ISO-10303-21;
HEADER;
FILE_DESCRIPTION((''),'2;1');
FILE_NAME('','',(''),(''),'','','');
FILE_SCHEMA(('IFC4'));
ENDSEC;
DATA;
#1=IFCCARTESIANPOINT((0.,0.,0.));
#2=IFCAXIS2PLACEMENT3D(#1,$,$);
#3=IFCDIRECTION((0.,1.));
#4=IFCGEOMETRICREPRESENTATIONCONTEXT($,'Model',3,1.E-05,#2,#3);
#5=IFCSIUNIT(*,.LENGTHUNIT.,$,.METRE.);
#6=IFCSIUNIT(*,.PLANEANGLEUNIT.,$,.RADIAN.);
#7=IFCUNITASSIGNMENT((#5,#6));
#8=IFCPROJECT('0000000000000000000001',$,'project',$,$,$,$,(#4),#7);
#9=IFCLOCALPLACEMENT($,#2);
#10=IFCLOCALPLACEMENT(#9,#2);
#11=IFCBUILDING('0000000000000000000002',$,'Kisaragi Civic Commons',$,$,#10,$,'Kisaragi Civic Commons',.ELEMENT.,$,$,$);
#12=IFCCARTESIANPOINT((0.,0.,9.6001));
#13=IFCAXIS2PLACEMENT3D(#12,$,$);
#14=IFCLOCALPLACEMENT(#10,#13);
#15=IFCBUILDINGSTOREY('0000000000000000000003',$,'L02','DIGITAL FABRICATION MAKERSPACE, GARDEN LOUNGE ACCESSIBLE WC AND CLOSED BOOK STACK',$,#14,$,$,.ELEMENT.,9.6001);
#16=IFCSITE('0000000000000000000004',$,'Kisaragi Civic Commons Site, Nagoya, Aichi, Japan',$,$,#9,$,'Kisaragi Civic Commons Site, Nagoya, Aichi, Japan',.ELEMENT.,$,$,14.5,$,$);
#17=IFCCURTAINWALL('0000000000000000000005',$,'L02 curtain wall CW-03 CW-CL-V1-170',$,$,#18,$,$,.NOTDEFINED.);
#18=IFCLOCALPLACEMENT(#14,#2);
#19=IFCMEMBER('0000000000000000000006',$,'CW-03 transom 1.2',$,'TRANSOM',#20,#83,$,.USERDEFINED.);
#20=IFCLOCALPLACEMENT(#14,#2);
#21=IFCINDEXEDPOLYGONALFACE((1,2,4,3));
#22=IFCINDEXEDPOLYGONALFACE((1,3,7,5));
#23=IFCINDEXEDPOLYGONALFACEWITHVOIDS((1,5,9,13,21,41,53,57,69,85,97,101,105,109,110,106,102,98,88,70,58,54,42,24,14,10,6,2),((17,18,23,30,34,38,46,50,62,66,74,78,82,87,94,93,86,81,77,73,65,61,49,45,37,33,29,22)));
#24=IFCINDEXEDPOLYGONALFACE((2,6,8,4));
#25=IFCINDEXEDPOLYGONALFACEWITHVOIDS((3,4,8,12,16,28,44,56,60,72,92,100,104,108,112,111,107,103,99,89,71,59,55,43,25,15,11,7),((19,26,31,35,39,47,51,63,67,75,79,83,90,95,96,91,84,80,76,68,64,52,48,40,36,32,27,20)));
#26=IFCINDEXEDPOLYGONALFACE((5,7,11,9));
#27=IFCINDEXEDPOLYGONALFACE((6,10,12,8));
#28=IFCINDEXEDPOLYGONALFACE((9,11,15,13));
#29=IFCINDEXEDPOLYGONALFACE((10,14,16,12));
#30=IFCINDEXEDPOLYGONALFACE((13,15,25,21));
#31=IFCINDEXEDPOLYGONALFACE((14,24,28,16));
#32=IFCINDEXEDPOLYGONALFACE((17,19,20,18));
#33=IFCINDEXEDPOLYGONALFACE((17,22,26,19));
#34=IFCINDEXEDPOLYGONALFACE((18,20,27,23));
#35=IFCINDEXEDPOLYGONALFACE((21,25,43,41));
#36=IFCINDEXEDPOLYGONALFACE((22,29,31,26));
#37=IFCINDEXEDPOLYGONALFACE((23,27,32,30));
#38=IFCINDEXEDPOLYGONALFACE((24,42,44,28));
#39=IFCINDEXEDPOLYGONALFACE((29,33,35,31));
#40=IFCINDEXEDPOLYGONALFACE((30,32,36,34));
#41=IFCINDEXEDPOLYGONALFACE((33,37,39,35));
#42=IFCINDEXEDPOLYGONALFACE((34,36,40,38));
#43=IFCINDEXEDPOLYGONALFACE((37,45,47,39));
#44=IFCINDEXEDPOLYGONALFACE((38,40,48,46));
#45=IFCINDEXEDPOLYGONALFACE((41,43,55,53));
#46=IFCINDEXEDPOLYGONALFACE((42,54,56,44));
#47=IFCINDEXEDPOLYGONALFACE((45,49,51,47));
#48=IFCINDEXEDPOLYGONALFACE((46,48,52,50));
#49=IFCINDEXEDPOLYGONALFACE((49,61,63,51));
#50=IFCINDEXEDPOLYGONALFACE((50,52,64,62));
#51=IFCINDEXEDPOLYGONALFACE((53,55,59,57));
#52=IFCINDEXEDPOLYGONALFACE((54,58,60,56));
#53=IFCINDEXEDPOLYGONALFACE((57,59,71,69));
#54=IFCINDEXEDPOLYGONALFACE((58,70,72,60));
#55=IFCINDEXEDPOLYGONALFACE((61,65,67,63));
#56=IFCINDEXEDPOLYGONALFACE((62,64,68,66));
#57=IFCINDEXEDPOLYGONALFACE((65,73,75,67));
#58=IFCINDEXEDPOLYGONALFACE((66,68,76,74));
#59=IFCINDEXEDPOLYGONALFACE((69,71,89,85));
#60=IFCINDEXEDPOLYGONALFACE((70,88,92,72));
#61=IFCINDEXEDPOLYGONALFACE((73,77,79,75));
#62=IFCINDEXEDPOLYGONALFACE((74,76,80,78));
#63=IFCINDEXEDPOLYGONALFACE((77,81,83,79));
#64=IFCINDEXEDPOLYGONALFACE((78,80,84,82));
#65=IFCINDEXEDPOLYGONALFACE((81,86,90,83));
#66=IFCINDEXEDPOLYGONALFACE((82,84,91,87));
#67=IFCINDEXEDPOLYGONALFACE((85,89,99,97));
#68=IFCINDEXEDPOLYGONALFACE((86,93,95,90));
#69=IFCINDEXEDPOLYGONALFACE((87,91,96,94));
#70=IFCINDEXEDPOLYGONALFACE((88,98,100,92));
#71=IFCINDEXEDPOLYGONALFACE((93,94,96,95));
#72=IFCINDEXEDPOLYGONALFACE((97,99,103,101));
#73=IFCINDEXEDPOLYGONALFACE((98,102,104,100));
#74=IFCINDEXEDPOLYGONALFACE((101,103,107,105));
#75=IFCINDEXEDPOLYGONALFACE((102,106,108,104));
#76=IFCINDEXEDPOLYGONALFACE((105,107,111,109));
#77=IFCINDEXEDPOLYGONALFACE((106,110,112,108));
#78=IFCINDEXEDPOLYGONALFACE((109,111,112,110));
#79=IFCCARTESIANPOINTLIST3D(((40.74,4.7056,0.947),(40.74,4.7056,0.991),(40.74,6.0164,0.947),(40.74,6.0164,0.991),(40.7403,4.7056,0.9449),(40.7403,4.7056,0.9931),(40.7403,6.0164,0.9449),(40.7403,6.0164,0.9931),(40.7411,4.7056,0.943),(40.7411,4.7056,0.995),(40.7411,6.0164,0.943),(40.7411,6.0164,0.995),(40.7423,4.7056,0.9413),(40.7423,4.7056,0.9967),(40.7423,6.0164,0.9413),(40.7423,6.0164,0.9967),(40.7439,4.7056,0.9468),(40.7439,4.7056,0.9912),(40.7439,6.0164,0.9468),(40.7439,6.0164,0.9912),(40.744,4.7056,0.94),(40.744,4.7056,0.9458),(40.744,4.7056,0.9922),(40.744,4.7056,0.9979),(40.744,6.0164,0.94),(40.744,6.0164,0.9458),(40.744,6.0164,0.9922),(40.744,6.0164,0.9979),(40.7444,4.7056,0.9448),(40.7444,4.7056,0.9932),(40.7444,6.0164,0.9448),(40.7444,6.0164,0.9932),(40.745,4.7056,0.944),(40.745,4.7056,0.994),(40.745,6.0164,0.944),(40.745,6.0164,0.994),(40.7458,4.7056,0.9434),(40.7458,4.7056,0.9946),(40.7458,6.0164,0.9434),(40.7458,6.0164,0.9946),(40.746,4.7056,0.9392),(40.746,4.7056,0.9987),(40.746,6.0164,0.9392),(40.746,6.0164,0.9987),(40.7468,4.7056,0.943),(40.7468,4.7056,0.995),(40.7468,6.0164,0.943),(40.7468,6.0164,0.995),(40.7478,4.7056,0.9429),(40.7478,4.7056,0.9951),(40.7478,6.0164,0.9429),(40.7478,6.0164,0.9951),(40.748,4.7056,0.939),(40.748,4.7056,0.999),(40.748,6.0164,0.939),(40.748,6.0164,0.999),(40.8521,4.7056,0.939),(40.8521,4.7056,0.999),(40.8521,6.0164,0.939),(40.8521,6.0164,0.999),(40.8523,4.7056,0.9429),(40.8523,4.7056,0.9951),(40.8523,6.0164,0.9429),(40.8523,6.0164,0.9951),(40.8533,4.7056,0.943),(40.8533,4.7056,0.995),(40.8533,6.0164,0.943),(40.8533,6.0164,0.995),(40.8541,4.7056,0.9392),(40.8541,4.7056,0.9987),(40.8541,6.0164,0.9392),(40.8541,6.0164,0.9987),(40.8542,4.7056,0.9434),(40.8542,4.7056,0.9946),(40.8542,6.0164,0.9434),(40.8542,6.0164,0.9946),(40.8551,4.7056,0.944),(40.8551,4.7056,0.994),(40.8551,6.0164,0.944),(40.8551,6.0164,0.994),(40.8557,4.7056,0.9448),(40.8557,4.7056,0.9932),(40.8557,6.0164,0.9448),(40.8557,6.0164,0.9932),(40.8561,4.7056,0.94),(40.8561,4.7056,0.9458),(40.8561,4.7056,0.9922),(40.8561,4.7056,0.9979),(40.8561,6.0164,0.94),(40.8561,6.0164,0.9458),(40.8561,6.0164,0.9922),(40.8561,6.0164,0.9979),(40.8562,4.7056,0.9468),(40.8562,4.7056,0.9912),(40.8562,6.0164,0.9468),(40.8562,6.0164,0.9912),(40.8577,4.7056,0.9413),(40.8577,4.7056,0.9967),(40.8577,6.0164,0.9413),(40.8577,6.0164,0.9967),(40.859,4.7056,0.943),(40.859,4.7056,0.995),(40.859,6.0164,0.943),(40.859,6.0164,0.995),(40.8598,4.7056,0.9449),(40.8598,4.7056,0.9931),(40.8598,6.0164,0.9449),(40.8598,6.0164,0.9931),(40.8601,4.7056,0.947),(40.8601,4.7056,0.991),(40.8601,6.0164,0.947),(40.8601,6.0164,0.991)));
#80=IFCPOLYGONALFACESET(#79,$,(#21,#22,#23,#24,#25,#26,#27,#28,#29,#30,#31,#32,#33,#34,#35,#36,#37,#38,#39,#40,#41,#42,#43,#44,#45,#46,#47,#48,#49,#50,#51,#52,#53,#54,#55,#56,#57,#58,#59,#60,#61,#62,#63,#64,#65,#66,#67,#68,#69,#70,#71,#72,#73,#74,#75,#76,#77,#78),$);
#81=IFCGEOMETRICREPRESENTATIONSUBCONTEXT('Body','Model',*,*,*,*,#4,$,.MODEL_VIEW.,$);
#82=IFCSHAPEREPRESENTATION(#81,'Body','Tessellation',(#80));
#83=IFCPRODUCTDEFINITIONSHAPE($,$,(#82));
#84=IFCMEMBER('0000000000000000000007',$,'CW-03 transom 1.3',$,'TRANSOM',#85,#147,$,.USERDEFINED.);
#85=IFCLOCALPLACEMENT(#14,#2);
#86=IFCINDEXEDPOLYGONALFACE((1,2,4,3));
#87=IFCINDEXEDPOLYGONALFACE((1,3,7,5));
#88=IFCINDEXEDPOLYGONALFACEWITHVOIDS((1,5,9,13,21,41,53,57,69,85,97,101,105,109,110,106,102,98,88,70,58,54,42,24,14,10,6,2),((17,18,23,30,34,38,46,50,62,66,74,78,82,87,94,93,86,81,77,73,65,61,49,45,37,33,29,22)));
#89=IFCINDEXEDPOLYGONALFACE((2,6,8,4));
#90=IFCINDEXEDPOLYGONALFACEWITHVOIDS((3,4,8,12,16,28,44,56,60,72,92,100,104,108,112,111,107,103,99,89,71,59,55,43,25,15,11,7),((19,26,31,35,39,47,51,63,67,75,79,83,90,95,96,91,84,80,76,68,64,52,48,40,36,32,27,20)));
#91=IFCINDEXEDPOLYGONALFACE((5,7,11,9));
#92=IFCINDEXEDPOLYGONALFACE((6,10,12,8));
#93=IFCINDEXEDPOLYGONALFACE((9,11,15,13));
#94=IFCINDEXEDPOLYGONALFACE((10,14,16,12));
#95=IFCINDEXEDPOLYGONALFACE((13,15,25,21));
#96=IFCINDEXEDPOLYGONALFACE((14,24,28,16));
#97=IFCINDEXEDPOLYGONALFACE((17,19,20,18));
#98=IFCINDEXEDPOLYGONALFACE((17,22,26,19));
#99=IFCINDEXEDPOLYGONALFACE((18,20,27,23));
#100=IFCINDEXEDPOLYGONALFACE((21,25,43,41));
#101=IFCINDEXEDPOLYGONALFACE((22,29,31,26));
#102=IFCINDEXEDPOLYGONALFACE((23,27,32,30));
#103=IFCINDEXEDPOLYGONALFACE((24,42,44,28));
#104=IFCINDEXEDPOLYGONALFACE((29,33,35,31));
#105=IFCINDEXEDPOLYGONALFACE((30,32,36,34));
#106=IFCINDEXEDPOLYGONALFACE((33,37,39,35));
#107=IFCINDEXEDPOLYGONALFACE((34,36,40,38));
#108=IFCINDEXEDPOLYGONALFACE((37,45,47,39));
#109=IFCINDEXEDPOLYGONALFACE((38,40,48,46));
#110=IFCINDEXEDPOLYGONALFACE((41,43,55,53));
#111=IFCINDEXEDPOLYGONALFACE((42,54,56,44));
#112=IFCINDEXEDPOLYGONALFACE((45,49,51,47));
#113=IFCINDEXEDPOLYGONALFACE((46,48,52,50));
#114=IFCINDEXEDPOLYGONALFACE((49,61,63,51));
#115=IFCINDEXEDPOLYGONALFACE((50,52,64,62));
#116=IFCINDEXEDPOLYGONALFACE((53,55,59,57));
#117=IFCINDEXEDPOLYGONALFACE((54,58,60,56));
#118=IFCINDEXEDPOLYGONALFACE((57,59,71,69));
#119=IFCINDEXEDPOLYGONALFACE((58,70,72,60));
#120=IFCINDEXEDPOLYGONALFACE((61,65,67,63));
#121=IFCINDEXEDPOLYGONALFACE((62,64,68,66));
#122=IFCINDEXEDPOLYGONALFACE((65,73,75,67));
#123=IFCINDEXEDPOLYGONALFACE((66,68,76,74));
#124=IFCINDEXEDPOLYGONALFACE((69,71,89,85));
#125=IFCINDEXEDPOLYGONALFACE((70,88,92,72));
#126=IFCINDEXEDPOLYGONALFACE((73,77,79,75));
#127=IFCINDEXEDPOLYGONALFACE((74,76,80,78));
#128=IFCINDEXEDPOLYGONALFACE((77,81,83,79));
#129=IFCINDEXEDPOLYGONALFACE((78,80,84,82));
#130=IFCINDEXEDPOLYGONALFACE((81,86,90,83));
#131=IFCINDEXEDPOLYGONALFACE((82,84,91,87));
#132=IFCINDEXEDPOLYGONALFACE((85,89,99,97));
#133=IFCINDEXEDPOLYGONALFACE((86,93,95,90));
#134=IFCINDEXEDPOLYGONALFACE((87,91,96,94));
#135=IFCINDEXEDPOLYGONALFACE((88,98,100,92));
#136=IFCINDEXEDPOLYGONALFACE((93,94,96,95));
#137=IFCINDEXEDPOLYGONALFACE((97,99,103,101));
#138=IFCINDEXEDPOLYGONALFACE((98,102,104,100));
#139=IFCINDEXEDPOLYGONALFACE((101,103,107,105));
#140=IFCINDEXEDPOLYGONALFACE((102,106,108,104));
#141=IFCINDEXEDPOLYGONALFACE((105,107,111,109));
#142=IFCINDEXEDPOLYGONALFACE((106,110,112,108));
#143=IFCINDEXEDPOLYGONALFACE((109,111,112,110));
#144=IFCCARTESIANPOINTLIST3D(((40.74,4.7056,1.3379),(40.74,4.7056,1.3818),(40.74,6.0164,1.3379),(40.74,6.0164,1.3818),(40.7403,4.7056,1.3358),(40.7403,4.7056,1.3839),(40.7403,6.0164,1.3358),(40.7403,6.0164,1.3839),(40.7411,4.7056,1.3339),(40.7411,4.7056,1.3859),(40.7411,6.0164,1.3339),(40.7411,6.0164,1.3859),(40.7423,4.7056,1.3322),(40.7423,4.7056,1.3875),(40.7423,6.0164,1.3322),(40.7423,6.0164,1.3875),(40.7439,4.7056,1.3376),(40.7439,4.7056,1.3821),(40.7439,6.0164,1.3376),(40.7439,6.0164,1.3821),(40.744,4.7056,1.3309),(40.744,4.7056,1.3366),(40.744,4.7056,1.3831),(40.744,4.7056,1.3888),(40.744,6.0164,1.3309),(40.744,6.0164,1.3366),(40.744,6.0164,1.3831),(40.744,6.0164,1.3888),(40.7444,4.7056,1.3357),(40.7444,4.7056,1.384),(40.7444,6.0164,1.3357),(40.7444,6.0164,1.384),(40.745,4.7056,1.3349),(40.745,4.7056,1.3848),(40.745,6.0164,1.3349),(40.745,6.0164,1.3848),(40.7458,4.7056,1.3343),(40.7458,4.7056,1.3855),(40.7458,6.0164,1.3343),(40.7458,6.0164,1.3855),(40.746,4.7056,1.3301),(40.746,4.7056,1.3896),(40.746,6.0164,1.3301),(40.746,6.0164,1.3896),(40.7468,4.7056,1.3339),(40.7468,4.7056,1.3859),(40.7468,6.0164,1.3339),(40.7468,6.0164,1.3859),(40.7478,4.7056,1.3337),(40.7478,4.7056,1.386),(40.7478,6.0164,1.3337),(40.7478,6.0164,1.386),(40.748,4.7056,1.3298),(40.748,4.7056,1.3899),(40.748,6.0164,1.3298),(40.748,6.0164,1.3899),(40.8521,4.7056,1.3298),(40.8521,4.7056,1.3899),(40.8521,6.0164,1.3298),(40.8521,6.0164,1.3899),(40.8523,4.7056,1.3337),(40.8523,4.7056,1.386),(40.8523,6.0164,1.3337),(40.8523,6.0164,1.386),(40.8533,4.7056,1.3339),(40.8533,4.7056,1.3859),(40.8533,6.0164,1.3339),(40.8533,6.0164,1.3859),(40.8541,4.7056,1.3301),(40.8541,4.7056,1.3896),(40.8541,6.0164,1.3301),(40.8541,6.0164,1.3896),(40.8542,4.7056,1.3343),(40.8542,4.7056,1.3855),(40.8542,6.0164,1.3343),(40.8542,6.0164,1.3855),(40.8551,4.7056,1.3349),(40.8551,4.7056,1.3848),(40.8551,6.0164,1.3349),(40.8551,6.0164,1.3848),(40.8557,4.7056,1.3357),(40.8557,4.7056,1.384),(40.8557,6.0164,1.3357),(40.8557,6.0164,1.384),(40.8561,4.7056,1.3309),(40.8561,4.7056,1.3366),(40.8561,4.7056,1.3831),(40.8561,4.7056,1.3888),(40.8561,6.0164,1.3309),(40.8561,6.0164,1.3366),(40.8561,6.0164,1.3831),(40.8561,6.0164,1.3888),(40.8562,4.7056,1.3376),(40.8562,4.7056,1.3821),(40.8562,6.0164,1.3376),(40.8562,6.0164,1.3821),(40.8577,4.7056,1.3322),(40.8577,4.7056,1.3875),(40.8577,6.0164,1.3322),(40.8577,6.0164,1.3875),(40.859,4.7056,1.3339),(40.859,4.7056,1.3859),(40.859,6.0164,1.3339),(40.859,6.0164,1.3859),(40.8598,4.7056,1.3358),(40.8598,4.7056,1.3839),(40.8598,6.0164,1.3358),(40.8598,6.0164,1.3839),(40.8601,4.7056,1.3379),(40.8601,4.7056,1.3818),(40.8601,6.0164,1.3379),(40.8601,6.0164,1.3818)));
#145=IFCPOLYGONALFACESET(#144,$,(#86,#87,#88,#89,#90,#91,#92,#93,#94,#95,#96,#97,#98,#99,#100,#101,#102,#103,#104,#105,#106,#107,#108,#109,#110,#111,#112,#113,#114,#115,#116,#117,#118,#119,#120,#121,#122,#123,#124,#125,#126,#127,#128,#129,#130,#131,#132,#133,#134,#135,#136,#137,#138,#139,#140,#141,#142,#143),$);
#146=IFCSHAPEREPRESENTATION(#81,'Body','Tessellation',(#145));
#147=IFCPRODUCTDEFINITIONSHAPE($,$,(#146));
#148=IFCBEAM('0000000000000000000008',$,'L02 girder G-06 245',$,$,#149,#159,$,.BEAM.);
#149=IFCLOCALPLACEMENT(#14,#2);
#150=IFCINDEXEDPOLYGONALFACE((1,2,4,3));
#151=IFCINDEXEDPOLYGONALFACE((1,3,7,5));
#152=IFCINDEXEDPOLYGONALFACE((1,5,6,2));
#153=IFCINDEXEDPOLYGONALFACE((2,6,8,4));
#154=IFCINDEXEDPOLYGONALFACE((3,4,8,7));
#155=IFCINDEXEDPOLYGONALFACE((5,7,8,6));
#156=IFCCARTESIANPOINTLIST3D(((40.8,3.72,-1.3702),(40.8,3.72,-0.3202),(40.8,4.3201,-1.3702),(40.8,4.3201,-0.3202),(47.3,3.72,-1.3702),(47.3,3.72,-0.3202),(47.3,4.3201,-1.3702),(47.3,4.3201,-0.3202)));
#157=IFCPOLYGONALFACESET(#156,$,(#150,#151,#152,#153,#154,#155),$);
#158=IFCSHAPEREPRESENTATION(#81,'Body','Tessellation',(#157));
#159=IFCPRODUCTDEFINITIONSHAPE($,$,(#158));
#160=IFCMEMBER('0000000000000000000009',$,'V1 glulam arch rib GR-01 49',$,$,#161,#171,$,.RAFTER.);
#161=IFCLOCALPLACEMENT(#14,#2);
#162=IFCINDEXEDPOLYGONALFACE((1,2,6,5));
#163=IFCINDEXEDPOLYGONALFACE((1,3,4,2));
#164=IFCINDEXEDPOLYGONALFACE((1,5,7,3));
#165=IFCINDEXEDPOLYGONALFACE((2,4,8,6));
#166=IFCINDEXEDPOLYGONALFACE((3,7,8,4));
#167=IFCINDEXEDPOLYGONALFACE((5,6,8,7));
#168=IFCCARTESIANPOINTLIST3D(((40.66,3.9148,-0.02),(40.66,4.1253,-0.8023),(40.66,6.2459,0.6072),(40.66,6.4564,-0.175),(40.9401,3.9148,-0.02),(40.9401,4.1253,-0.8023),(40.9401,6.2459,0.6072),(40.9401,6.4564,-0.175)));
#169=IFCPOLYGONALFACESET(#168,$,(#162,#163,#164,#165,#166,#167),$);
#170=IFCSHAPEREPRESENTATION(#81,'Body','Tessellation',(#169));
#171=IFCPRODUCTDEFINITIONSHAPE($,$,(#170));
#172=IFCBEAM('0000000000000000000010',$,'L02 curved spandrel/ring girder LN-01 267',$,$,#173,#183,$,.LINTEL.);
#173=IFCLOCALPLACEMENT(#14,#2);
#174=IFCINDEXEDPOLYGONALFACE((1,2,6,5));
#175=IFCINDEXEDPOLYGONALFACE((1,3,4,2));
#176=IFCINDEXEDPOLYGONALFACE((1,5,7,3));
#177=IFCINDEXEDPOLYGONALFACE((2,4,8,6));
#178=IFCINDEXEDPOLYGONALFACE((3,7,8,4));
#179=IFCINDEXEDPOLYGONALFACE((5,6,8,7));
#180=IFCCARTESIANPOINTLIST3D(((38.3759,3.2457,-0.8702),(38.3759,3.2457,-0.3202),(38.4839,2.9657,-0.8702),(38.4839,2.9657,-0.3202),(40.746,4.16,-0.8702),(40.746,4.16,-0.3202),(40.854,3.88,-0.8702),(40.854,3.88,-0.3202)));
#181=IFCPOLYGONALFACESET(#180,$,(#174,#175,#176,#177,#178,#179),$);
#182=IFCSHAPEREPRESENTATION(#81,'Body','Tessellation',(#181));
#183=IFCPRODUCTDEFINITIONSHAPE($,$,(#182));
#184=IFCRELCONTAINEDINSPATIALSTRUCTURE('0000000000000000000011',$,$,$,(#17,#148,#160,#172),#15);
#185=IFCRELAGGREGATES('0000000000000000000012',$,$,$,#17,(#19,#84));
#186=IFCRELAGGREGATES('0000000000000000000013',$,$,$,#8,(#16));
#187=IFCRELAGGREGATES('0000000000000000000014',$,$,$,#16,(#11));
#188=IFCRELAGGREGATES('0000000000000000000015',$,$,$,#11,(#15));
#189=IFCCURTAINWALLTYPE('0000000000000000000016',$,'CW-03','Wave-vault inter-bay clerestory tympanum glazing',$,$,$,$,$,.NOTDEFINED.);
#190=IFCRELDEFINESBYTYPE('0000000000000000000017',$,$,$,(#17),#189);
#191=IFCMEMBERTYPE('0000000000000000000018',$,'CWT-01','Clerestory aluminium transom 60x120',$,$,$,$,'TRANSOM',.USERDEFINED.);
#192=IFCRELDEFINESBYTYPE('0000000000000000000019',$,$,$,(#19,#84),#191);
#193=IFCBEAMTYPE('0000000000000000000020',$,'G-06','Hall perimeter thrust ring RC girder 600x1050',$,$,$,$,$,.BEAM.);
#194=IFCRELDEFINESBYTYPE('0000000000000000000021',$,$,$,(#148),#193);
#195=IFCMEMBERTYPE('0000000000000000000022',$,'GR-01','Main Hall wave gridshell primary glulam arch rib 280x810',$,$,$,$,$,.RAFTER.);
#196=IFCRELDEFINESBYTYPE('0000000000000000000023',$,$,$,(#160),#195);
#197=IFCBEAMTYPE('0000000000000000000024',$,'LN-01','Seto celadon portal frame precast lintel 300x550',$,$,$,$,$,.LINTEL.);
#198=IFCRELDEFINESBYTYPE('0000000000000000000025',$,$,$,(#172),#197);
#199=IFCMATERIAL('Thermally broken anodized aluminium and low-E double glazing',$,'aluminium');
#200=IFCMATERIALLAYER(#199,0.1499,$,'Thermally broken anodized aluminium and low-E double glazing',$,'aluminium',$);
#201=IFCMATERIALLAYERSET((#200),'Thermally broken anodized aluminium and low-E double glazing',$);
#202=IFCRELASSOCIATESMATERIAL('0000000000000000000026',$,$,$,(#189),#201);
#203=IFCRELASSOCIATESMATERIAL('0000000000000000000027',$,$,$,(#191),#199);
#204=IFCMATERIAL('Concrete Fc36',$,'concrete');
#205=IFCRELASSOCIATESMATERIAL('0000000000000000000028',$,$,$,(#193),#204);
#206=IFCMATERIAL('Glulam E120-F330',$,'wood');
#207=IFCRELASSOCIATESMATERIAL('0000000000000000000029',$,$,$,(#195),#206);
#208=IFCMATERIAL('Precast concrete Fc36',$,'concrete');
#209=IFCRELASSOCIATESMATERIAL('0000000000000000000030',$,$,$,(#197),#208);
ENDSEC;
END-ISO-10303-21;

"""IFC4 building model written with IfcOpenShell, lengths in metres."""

from ifc_helpers import new_model, si_unit, direction, frame, origin, origin_2d, place, context, subcontext, project, spatial, rectangle, hollow_rectangle, extrude, material, layer, layer_set, material_profile, profile_set, type_object, element, aggregate, save


model = new_model("IFC4")

# Units and contexts
model_context = context("Model", 3, precision=1e-05, world=origin(), true_north=direction((0.0, 1.0)))
body_context = subcontext(model_context, "Body", "Model", "MODEL_VIEW")
ifc_project = project(units=[si_unit("LENGTHUNIT", "METRE"), si_unit("PLANEANGLEUNIT", "RADIAN")], contexts=[model_context])

# Site, building, storey
site_placement = place(None, origin())
site = spatial("IfcSite", under=ifc_project, at=site_placement, Name="Kisaragi Civic Commons Site, Nagoya, Aichi, Japan", LongName="Kisaragi Civic Commons Site, Nagoya, Aichi, Japan", CompositionType="ELEMENT", RefElevation=14.5)
building_placement = place(site_placement, origin())
building = spatial("IfcBuilding", under=site, at=building_placement, Name="Kisaragi Civic Commons", LongName="Kisaragi Civic Commons", CompositionType="ELEMENT")
storey_placement = place(building_placement, frame((0.0, 0.0, 9.6001)))
storey = spatial("IfcBuildingStorey", under=building, at=storey_placement, Name="L02", Description="DIGITAL FABRICATION MAKERSPACE, GARDEN LOUNGE ACCESSIBLE WC AND CLOSED BOOK STACK", CompositionType="ELEMENT", Elevation=9.6001)

# Curtain wall, members
ifc_material_1 = material(Name="Thermally broken anodized aluminium and low-E double glazing", Category="aluminium")
ifc_layer_1 = layer(ifc_material_1, 0.1499, Name="Thermally broken anodized aluminium and low-E double glazing", Category="aluminium")
ifc_layer_set_1 = layer_set([ifc_layer_1], Name="Thermally broken anodized aluminium and low-E double glazing")
curtain_wall_type = type_object("IfcCurtainWallType", Name="CW-03", Description="Wave-vault inter-bay clerestory tympanum glazing", PredefinedType="NOTDEFINED", material=ifc_layer_set_1)
curtain_wall_placement = place(storey_placement, origin())
curtain_wall = element("IfcCurtainWall", 1, at=curtain_wall_placement, inside=storey, type_object=curtain_wall_type, Name="L02 curtain wall CW-03 CW-CL-V1-170", PredefinedType="NOTDEFINED")
ifc_material_profile_1 = material_profile(ifc_material_1, hollow_rectangle(XDim=0.1201, YDim=0.0601, WallThickness=0.0039, InnerFilletRadius=0.0039, OuterFilletRadius=0.0081, at=origin_2d()), Name="CWT-60x120x4", Category="aluminium")
ifc_profile_set_1 = profile_set([ifc_material_profile_1], Name="Thermally broken anodized aluminium and low-E double glazing")
member_type_1 = type_object("IfcMemberType", Name="CWT-01", Description="Clerestory aluminium transom 60x120", ElementType="TRANSOM", PredefinedType="USERDEFINED", material=ifc_profile_set_1)
member_1_placement = place(storey_placement, frame((40.8, 4.7056, 0.969), z_axis=(0.0, 1.0, 0.0), x_axis=(-1.0, 0.0, 0.0)))
member_1 = element("IfcMember", 2, at=member_1_placement, type_object=member_type_1, Name="CW-03 transom 1.2", ObjectType="TRANSOM", PredefinedType="USERDEFINED", context=body_context, shape_type="SweptSolid", body=[
    extrude(hollow_rectangle(XDim=0.1201, YDim=0.0601, WallThickness=0.0039, InnerFilletRadius=0.0039, OuterFilletRadius=0.0081, at=origin_2d()), origin(), (0.0, 0.0, 1.0), 1.3108),
])
member_2_placement = place(storey_placement, frame((40.8, 4.7056, 1.3599), z_axis=(0.0, 1.0, 0.0), x_axis=(-1.0, 0.0, 0.0)))
member_2 = element("IfcMember", 3, at=member_2_placement, type_object=member_type_1, Name="CW-03 transom 1.3", ObjectType="TRANSOM", PredefinedType="USERDEFINED", context=body_context, shape_type="SweptSolid", body=[
    extrude(hollow_rectangle(XDim=0.1201, YDim=0.0601, WallThickness=0.0039, InnerFilletRadius=0.0039, OuterFilletRadius=0.0081, at=origin_2d()), origin(), (0.0, 0.0, 1.0), 1.3108),
])
aggregate(curtain_wall, [member_1, member_2])

# Beam
ifc_material_2 = material(Name="Concrete Fc36", Category="concrete")
ifc_material_profile_2 = material_profile(ifc_material_2, rectangle(XDim=0.6001, YDim=1.05, at=origin_2d()), Name="RC-600x1050", Category="concrete")
ifc_profile_set_2 = profile_set([ifc_material_profile_2], Name="Concrete Fc36")
beam_type_1 = type_object("IfcBeamType", Name="G-06", Description="Hall perimeter thrust ring RC girder 600x1050", PredefinedType="BEAM", material=ifc_profile_set_2)
beam_1_placement = place(storey_placement, frame((40.8, 4.02, -0.8452), z_axis=(1.0, 0.0, 0.0), x_axis=(0.0, 1.0, 0.0)))
element("IfcBeam", 4, at=beam_1_placement, inside=storey, type_object=beam_type_1, Name="L02 girder G-06 245", PredefinedType="BEAM", context=body_context, shape_type="SweptSolid", body=[
    extrude(rectangle(XDim=0.6001, YDim=1.05, at=origin_2d()), origin(), (0.0, 0.0, 1.0), 6.5),
])

# Member
ifc_material_3 = material(Name="Glulam E120-F330", Category="wood")
ifc_material_profile_3 = material_profile(ifc_material_3, rectangle(XDim=0.28, YDim=0.8101, at=origin_2d()), Name="GL-280x810", Category="wood")
ifc_profile_set_3 = profile_set([ifc_material_profile_3], Name="Glulam E120-F330")
member_type_2 = type_object("IfcMemberType", Name="GR-01", Description="Main Hall wave gridshell primary glulam arch rib 280x810", PredefinedType="RAFTER", material=ifc_profile_set_3)
member_3_placement = place(storey_placement, frame((40.8, 4.02, -0.4111), z_axis=(0.0, 0.965657, 0.259821), x_axis=(-1.0, 0.0, 0.0)))
element("IfcMember", 5, at=member_3_placement, inside=storey, type_object=member_type_2, Name="V1 glulam arch rib GR-01 49", PredefinedType="RAFTER", context=body_context, shape_type="SweptSolid", body=[
    extrude(rectangle(XDim=0.28, YDim=0.8101, at=origin_2d()), origin(), (0.0, 0.0, 1.0), 2.4141),
])

# Beam
ifc_material_4 = material(Name="Precast concrete Fc36", Category="concrete")
ifc_material_profile_4 = material_profile(ifc_material_4, rectangle(XDim=0.3, YDim=0.55, at=origin_2d()), Name="PC-300x550", Category="concrete")
ifc_profile_set_4 = profile_set([ifc_material_profile_4], Name="Precast concrete Fc36")
beam_type_2 = type_object("IfcBeamType", Name="LN-01", Description="Seto celadon portal frame precast lintel 300x550", PredefinedType="LINTEL", material=ifc_profile_set_4)
beam_2_placement = place(storey_placement, frame((38.4299, 3.1057, -0.5952), z_axis=(0.932986, 0.359913, 0.0), x_axis=(-0.359913, 0.932986, 0.0)))
element("IfcBeam", 6, at=beam_2_placement, inside=storey, type_object=beam_type_2, Name="L02 curved spandrel/ring girder LN-01 267", PredefinedType="LINTEL", context=body_context, shape_type="SweptSolid", body=[
    extrude(rectangle(XDim=0.3, YDim=0.55, at=origin_2d()), origin(), (0.0, 0.0, 1.0), 2.5403),
])

save(model, "model.ifc")
